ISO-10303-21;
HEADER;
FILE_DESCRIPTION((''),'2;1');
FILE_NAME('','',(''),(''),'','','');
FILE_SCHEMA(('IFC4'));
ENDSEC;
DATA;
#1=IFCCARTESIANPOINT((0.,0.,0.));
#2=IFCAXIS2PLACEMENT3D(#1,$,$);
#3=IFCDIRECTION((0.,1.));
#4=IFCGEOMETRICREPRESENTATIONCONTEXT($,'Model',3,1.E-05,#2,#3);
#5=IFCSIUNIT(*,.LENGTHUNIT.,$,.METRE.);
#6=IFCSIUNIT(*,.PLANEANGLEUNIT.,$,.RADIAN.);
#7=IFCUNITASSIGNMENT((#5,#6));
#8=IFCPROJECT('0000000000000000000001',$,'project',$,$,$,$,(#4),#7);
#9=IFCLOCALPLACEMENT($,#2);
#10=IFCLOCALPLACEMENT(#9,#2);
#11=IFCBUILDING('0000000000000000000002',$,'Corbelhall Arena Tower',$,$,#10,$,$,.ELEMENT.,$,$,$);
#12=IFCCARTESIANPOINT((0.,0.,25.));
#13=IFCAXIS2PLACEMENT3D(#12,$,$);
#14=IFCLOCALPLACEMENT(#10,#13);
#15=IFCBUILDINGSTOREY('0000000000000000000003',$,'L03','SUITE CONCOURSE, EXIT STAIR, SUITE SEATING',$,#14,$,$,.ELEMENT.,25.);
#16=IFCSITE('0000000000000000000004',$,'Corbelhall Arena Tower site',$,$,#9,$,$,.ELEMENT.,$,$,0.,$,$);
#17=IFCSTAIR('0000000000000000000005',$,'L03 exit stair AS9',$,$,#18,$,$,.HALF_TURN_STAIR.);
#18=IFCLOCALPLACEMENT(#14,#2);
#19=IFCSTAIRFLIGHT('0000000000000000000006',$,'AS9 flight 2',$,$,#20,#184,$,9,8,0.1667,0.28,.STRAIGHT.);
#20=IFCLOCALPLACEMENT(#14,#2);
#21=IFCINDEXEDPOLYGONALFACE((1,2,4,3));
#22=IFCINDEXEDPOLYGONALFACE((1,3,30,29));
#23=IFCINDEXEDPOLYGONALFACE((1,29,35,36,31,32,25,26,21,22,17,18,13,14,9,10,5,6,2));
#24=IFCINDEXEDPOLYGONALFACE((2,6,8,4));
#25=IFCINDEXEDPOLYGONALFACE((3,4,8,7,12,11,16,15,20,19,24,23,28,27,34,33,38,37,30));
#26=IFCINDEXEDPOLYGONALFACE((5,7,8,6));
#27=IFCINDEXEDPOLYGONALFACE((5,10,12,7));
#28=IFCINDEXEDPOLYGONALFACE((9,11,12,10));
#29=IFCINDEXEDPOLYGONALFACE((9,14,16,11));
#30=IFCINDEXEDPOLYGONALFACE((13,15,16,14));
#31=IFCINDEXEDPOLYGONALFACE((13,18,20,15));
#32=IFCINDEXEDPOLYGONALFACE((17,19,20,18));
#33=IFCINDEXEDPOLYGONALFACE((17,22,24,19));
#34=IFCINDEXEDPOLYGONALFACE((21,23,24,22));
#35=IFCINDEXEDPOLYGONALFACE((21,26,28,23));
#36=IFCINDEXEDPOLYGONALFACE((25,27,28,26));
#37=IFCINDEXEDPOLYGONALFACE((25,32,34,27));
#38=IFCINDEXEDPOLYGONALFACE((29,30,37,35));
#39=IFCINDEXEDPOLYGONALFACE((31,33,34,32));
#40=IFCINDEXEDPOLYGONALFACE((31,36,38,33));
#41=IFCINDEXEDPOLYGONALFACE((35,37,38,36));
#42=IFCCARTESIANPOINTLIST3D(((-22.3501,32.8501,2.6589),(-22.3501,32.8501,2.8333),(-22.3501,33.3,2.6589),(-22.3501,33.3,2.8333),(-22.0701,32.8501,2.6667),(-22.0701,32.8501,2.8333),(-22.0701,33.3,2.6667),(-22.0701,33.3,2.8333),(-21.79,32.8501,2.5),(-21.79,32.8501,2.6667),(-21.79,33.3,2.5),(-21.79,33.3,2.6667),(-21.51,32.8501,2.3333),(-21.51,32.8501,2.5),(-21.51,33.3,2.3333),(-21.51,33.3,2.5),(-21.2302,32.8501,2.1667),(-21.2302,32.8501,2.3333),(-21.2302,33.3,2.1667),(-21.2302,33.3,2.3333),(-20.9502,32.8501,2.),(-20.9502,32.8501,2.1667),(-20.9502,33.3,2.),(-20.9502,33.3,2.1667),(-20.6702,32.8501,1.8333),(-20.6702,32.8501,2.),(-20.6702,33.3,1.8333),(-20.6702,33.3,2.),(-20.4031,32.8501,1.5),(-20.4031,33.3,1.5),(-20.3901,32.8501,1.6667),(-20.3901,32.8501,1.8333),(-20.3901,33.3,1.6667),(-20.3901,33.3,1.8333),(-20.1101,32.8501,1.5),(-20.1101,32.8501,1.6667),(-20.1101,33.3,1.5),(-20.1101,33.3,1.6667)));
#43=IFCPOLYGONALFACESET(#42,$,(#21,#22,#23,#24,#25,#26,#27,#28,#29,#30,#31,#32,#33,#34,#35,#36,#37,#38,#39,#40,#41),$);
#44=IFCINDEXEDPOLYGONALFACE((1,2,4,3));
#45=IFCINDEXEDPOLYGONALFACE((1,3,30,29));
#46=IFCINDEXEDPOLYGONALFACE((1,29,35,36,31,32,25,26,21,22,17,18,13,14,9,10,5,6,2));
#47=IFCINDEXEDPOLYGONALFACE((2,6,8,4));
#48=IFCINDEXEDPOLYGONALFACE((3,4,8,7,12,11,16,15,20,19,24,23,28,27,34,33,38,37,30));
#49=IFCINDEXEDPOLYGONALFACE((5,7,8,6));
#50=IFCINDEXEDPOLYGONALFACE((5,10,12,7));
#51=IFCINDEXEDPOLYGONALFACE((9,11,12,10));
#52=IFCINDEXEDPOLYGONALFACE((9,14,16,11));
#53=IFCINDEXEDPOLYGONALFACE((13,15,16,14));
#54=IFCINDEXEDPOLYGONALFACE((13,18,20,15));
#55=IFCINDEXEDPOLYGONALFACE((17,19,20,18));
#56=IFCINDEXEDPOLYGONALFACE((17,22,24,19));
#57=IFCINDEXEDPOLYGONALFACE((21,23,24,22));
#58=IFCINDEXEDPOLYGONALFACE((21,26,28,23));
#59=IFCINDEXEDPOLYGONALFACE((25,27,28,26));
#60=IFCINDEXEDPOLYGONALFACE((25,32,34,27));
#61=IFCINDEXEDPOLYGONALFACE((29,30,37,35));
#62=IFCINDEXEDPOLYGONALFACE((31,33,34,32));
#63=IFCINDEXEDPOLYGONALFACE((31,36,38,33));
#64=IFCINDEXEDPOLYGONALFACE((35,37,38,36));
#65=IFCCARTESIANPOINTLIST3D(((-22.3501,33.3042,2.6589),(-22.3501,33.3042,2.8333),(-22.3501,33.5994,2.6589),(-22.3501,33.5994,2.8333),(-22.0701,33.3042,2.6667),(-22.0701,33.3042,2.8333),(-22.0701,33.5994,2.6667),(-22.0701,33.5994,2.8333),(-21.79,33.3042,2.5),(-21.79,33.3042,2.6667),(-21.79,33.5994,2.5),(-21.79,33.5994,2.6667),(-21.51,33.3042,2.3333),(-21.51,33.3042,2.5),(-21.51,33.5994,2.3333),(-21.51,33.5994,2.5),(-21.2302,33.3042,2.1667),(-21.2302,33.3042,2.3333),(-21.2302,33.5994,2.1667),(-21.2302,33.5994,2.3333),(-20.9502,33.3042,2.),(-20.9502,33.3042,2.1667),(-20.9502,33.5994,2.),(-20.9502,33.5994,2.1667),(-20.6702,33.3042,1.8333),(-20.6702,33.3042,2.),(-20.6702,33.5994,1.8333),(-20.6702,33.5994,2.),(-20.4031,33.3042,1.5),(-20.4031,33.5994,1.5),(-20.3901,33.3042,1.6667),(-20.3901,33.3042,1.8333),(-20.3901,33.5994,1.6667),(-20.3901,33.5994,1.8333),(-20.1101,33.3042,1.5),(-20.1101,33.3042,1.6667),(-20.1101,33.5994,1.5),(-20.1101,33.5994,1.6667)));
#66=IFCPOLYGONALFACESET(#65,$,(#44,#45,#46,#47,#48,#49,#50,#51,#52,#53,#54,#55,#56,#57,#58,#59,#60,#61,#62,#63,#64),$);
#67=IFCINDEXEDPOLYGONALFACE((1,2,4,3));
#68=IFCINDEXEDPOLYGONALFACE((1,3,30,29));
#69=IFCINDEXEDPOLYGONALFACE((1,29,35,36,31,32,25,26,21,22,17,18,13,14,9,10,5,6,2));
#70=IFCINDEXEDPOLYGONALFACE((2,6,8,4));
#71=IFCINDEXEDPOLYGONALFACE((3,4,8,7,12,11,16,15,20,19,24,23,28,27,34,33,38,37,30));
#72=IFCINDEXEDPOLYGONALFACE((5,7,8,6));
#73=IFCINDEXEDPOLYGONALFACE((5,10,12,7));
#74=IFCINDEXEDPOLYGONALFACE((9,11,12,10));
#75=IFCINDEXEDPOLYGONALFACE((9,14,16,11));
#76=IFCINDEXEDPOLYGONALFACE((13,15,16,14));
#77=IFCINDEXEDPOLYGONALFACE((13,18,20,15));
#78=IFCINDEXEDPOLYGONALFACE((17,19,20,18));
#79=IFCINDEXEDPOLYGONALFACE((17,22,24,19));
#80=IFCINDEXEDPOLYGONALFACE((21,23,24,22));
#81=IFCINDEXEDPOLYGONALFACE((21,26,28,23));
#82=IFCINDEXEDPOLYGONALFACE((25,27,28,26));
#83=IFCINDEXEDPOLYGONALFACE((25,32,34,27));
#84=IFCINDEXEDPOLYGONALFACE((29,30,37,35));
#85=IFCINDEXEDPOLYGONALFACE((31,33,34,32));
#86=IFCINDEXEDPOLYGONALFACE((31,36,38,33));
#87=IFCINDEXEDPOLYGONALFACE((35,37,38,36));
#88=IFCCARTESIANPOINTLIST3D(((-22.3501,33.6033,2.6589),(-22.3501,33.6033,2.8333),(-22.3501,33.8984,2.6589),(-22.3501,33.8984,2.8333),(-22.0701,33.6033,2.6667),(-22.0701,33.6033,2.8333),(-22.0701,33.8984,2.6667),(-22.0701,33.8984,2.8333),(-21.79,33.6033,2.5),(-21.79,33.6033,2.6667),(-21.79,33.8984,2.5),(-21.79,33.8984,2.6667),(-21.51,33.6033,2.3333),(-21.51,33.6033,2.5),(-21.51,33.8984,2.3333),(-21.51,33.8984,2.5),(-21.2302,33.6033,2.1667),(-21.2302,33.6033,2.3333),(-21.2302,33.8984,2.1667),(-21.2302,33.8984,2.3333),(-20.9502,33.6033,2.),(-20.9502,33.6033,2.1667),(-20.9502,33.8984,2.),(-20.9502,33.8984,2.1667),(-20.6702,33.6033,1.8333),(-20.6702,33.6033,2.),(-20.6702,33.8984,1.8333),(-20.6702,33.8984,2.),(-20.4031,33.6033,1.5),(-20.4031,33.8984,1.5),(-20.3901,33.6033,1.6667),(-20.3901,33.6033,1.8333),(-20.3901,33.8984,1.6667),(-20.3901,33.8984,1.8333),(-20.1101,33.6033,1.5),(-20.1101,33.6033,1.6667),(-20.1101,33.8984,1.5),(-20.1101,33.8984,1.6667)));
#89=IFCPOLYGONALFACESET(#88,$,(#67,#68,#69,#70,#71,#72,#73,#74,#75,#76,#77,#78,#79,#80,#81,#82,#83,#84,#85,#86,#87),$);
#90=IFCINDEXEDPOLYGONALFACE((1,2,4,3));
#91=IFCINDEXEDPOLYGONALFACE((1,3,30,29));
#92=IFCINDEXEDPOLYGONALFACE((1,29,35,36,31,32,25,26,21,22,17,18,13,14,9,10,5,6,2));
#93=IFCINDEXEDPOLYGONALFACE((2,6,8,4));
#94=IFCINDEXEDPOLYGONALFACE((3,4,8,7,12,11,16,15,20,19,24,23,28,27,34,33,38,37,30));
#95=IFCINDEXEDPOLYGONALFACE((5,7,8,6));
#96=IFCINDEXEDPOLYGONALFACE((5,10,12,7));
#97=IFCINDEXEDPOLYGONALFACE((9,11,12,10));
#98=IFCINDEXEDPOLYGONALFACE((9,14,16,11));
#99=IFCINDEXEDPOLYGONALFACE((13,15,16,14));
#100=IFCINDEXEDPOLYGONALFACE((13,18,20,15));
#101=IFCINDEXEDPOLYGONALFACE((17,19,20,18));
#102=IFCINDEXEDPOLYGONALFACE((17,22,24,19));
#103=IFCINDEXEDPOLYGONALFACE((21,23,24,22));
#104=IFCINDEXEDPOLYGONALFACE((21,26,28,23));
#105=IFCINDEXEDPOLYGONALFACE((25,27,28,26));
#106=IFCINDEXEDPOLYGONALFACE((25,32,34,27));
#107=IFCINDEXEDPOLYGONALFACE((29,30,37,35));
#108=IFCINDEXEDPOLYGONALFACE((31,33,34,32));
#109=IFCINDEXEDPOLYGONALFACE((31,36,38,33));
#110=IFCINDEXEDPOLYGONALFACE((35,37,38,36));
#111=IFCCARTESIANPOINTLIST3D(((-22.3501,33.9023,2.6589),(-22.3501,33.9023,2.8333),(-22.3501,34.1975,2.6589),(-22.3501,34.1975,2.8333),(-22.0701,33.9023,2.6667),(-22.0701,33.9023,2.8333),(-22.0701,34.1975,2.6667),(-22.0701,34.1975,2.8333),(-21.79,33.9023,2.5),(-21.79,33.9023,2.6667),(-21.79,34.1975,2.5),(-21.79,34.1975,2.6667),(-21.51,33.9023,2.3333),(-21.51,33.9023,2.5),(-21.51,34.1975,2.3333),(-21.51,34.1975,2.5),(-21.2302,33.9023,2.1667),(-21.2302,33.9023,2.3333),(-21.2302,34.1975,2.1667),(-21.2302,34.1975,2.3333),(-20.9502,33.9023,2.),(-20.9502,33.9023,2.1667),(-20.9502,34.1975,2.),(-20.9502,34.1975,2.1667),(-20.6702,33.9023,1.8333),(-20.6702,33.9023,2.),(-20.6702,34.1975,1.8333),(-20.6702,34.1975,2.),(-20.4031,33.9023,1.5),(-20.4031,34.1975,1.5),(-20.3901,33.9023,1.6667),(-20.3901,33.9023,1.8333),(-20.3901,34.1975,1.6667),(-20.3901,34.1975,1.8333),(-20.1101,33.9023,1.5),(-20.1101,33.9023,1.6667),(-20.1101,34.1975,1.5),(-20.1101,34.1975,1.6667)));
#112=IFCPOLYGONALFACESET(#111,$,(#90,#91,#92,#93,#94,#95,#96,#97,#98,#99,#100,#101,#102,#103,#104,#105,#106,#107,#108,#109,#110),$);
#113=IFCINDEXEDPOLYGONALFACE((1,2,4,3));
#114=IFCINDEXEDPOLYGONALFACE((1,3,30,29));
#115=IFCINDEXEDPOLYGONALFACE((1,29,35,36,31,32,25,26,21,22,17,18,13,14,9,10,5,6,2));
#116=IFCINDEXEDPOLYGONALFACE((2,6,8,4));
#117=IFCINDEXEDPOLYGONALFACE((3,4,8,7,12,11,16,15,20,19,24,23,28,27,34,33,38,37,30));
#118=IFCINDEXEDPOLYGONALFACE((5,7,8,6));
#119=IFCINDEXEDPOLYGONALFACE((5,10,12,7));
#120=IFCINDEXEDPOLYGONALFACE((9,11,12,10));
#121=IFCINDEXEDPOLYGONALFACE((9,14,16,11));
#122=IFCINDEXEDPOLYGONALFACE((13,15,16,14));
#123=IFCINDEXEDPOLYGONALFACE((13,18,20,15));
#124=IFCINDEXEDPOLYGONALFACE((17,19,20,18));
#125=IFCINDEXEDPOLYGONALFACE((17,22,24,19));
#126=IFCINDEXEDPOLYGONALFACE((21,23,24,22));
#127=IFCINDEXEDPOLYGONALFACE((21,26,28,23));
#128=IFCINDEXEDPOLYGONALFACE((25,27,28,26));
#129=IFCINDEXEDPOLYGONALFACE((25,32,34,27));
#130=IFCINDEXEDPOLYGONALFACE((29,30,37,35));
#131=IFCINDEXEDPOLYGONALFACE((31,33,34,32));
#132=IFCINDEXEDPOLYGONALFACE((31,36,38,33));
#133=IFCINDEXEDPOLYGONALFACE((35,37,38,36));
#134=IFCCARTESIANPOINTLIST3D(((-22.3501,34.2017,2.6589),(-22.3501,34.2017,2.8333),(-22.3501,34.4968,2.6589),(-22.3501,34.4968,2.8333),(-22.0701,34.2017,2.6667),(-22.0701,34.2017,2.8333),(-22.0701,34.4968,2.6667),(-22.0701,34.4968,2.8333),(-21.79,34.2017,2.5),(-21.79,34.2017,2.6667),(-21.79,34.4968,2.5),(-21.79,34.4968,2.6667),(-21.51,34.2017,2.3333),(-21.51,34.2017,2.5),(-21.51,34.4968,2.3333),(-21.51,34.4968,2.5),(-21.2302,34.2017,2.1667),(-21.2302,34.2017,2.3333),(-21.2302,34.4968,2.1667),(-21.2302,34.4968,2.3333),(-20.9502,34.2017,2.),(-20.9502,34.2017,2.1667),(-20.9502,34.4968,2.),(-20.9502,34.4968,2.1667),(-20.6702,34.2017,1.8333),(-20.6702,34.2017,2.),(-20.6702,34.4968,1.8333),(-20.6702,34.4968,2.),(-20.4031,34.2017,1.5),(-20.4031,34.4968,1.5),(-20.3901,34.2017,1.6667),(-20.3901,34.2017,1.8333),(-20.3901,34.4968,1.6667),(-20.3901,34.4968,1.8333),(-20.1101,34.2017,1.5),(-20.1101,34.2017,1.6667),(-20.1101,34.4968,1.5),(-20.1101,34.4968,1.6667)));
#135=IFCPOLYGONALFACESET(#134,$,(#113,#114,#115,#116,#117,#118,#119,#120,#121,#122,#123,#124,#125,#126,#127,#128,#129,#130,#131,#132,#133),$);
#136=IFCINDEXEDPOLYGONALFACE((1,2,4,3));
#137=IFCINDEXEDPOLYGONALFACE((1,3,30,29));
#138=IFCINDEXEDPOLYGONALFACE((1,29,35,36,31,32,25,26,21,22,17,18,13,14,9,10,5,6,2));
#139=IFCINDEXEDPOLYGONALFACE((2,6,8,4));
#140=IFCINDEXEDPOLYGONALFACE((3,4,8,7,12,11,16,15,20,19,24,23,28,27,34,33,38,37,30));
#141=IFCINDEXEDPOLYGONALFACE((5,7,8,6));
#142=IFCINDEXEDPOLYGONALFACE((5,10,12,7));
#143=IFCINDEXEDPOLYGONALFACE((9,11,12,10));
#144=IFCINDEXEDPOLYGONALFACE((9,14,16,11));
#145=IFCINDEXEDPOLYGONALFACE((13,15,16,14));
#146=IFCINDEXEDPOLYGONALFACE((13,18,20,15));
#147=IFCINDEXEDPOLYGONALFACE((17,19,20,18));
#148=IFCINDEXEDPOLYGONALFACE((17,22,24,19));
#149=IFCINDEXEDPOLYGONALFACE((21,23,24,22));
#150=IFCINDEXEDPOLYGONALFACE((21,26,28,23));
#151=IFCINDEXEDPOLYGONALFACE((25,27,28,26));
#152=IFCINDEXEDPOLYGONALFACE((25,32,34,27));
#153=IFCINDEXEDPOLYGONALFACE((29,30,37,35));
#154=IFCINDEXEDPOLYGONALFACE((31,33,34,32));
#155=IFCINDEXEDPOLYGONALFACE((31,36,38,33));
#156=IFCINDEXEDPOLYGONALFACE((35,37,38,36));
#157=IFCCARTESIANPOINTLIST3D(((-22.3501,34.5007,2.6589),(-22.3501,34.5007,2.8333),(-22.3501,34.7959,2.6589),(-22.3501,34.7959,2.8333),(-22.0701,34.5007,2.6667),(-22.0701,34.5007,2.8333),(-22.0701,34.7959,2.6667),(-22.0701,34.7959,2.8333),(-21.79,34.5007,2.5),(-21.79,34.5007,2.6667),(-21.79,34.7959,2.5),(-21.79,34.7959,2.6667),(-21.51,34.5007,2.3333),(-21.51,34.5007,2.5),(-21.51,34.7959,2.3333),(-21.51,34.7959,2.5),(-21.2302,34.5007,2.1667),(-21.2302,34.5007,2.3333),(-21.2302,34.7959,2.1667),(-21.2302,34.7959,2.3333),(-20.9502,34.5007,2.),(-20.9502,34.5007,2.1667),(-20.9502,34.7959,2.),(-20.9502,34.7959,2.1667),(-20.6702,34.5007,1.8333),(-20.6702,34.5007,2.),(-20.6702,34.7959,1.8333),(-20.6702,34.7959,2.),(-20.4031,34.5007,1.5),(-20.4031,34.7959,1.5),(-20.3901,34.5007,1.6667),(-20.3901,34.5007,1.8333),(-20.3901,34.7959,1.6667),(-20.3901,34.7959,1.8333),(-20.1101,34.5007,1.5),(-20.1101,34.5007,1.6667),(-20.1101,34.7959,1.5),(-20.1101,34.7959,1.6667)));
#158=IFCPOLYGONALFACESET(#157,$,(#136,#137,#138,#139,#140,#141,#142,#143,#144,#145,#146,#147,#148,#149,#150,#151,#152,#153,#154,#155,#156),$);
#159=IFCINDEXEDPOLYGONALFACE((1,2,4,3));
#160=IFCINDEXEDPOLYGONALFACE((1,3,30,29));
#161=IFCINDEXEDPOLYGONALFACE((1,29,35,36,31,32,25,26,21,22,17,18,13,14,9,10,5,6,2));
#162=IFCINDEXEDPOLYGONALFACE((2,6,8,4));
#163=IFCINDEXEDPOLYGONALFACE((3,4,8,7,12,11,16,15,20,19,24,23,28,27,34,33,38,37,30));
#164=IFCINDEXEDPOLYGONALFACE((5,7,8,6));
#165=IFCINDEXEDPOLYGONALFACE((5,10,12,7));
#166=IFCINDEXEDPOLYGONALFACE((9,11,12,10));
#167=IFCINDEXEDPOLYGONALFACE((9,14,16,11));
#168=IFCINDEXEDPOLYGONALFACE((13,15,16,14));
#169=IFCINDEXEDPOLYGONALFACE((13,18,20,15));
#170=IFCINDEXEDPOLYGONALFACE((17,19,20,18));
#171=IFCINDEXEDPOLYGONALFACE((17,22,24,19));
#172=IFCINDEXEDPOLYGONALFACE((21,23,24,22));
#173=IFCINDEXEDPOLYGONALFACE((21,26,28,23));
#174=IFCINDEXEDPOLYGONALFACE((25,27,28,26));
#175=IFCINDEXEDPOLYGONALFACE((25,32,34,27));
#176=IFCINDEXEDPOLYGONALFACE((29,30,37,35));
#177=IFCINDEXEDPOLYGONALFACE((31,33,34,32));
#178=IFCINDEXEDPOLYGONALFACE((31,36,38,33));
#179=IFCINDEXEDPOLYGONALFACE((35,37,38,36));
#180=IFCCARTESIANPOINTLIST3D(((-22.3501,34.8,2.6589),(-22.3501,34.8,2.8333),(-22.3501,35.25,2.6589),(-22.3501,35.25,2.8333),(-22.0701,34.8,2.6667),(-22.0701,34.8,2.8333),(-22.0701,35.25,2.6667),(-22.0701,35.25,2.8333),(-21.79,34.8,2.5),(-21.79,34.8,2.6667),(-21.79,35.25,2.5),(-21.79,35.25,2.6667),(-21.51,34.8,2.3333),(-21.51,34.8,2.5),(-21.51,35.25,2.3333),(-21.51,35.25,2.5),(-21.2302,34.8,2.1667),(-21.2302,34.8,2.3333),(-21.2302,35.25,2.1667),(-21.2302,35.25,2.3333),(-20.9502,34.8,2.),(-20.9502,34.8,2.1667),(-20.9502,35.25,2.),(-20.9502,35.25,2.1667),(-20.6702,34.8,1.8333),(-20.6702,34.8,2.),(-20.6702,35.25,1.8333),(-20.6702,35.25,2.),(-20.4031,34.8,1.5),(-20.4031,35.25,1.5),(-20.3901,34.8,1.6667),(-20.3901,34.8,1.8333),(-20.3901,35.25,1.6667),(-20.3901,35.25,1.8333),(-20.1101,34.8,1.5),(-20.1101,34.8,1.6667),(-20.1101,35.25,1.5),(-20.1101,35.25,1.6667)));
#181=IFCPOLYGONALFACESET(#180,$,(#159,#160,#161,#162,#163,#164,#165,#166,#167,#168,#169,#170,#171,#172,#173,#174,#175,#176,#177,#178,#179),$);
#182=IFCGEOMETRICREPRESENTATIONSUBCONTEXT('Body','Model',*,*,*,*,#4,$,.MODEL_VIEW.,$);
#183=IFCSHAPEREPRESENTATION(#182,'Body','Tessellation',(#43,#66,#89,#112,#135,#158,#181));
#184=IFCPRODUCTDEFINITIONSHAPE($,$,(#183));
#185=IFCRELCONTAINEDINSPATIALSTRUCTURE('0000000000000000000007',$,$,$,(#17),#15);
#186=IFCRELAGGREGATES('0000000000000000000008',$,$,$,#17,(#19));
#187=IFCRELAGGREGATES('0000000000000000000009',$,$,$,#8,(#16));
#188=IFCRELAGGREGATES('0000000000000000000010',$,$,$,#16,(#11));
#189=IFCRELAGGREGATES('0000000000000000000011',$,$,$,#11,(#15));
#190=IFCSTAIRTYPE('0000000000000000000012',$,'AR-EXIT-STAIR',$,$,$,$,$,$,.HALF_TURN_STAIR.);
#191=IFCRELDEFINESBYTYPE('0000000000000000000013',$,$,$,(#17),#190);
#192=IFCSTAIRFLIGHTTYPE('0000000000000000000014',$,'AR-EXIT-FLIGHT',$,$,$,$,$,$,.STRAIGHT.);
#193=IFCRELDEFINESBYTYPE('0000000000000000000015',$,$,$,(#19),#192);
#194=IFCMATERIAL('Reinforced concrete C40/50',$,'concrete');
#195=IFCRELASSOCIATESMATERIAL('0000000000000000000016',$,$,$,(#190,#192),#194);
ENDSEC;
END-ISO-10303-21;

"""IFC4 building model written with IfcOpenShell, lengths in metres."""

from ifc_helpers import new_model, si_unit, direction, frame, origin, place, context, subcontext, project, spatial, polyline, outline, extrude, material, type_object, element, aggregate, save


model = new_model("IFC4")

# Units and contexts
model_context = context("Model", 3, precision=1e-05, world=origin(), true_north=direction((0.0, 1.0)))
body_context = subcontext(model_context, "Body", "Model", "MODEL_VIEW")
ifc_project = project(units=[si_unit("LENGTHUNIT", "METRE"), si_unit("PLANEANGLEUNIT", "RADIAN")], contexts=[model_context])

# Site, building, storey
site_placement = place(None, origin())
site = spatial("IfcSite", under=ifc_project, at=site_placement, Name="Corbelhall Arena Tower site", CompositionType="ELEMENT", RefElevation=0.0)
building_placement = place(site_placement, origin())
building = spatial("IfcBuilding", under=site, at=building_placement, Name="Corbelhall Arena Tower", CompositionType="ELEMENT")
storey_placement = place(building_placement, frame((0.0, 0.0, 25.0)))
storey = spatial("IfcBuildingStorey", under=building, at=storey_placement, Name="L03", Description="SUITE CONCOURSE, EXIT STAIR, SUITE SEATING", CompositionType="ELEMENT", Elevation=25.0)

# Shared definitions
ifc_material_1 = material(Name="Reinforced concrete C40/50", Category="concrete")

# Stair, stair flight
stair_type = type_object("IfcStairType", Name="AR-EXIT-STAIR", PredefinedType="HALF_TURN_STAIR", material=ifc_material_1)
stair_placement = place(storey_placement, origin())
stair = element("IfcStair", 1, at=stair_placement, inside=storey, type_object=stair_type, Name="L03 exit stair AS9", PredefinedType="HALF_TURN_STAIR")
stair_flight_type = type_object("IfcStairFlightType", Name="AR-EXIT-FLIGHT", PredefinedType="STRAIGHT", material=ifc_material_1)
stair_flight_1_placement = place(storey_placement, frame((-20.1101, 34.05, 1.5), z_axis=(0.0, 0.0, 1.0), x_axis=(-1.0, 0.0, 0.0)))
stair_flight_1 = element("IfcStairFlight", 2, at=stair_flight_1_placement, type_object=stair_flight_type, Name="AS9 flight 2", NumberOfRisers=9, NumberOfTreads=8, PredefinedType="STRAIGHT", RiserHeight=0.1667, TreadLength=0.28, context=body_context, shape_type="SweptSolid", body=[
    extrude(outline(polyline([(0.0, 0.0), (0.0, 0.1667), (0.28, 0.1667), (0.28, 0.3333), (0.5601, 0.3333), (0.5601, 0.5), (0.8401, 0.5), (0.8401, 0.6667), (1.1201, 0.6667), (1.1201, 0.8333), (1.3999, 0.8333), (1.3999, 1.0), (1.6799, 1.0), (1.6799, 1.1667), (1.96, 1.1667), (1.96, 1.3333), (2.24, 1.3333), (2.24, 1.5), (2.24, 1.1589), (0.293, 0.0), (0.0, 0.0)])), frame((0.0, 1.2, 0.0), z_axis=(0.0, -1.0, 0.0), x_axis=(1.0, 0.0, 0.0)), (0.0, 0.0, 1.0), 0.45),
    extrude(outline(polyline([(0.0, 0.0), (0.0, 0.1667), (0.28, 0.1667), (0.28, 0.3333), (0.5601, 0.3333), (0.5601, 0.5), (0.8401, 0.5), (0.8401, 0.6667), (1.1201, 0.6667), (1.1201, 0.8333), (1.3999, 0.8333), (1.3999, 1.0), (1.6799, 1.0), (1.6799, 1.1667), (1.96, 1.1667), (1.96, 1.3333), (2.24, 1.3333), (2.24, 1.5), (2.24, 1.1589), (0.293, 0.0), (0.0, 0.0)])), frame((0.0, 0.7458, 0.0), z_axis=(0.0, -1.0, 0.0), x_axis=(1.0, 0.0, 0.0)), (0.0, 0.0, 1.0), 0.2952),
    extrude(outline(polyline([(0.0, 0.0), (0.0, 0.1667), (0.28, 0.1667), (0.28, 0.3333), (0.5601, 0.3333), (0.5601, 0.5), (0.8401, 0.5), (0.8401, 0.6667), (1.1201, 0.6667), (1.1201, 0.8333), (1.3999, 0.8333), (1.3999, 1.0), (1.6799, 1.0), (1.6799, 1.1667), (1.96, 1.1667), (1.96, 1.3333), (2.24, 1.3333), (2.24, 1.5), (2.24, 1.1589), (0.293, 0.0), (0.0, 0.0)])), frame((0.0, 0.4468, 0.0), z_axis=(0.0, -1.0, 0.0), x_axis=(1.0, 0.0, 0.0)), (0.0, 0.0, 1.0), 0.2952),
    extrude(outline(polyline([(0.0, 0.0), (0.0, 0.1667), (0.28, 0.1667), (0.28, 0.3333), (0.5601, 0.3333), (0.5601, 0.5), (0.8401, 0.5), (0.8401, 0.6667), (1.1201, 0.6667), (1.1201, 0.8333), (1.3999, 0.8333), (1.3999, 1.0), (1.6799, 1.0), (1.6799, 1.1667), (1.96, 1.1667), (1.96, 1.3333), (2.24, 1.3333), (2.24, 1.5), (2.24, 1.1589), (0.293, 0.0), (0.0, 0.0)])), frame((0.0, 0.1477, 0.0), z_axis=(0.0, -1.0, 0.0), x_axis=(1.0, 0.0, 0.0)), (0.0, 0.0, 1.0), 0.2952),
    extrude(outline(polyline([(0.0, 0.0), (0.0, 0.1667), (0.28, 0.1667), (0.28, 0.3333), (0.5601, 0.3333), (0.5601, 0.5), (0.8401, 0.5), (0.8401, 0.6667), (1.1201, 0.6667), (1.1201, 0.8333), (1.3999, 0.8333), (1.3999, 1.0), (1.6799, 1.0), (1.6799, 1.1667), (1.96, 1.1667), (1.96, 1.3333), (2.24, 1.3333), (2.24, 1.5), (2.24, 1.1589), (0.293, 0.0), (0.0, 0.0)])), frame((0.0, -0.1516, 0.0), z_axis=(0.0, -1.0, 0.0), x_axis=(1.0, 0.0, 0.0)), (0.0, 0.0, 1.0), 0.2952),
    extrude(outline(polyline([(0.0, 0.0), (0.0, 0.1667), (0.28, 0.1667), (0.28, 0.3333), (0.5601, 0.3333), (0.5601, 0.5), (0.8401, 0.5), (0.8401, 0.6667), (1.1201, 0.6667), (1.1201, 0.8333), (1.3999, 0.8333), (1.3999, 1.0), (1.6799, 1.0), (1.6799, 1.1667), (1.96, 1.1667), (1.96, 1.3333), (2.24, 1.3333), (2.24, 1.5), (2.24, 1.1589), (0.293, 0.0), (0.0, 0.0)])), frame((0.0, -0.4507, 0.0), z_axis=(0.0, -1.0, 0.0), x_axis=(1.0, 0.0, 0.0)), (0.0, 0.0, 1.0), 0.2952),
    extrude(outline(polyline([(0.0, 0.0), (0.0, 0.1667), (0.28, 0.1667), (0.28, 0.3333), (0.5601, 0.3333), (0.5601, 0.5), (0.8401, 0.5), (0.8401, 0.6667), (1.1201, 0.6667), (1.1201, 0.8333), (1.3999, 0.8333), (1.3999, 1.0), (1.6799, 1.0), (1.6799, 1.1667), (1.96, 1.1667), (1.96, 1.3333), (2.24, 1.3333), (2.24, 1.5), (2.24, 1.1589), (0.293, 0.0), (0.0, 0.0)])), frame((0.0, -0.75, 0.0), z_axis=(0.0, -1.0, 0.0), x_axis=(1.0, 0.0, 0.0)), (0.0, 0.0, 1.0), 0.45),
])
aggregate(stair, [stair_flight_1])

save(model, "model.ifc")
